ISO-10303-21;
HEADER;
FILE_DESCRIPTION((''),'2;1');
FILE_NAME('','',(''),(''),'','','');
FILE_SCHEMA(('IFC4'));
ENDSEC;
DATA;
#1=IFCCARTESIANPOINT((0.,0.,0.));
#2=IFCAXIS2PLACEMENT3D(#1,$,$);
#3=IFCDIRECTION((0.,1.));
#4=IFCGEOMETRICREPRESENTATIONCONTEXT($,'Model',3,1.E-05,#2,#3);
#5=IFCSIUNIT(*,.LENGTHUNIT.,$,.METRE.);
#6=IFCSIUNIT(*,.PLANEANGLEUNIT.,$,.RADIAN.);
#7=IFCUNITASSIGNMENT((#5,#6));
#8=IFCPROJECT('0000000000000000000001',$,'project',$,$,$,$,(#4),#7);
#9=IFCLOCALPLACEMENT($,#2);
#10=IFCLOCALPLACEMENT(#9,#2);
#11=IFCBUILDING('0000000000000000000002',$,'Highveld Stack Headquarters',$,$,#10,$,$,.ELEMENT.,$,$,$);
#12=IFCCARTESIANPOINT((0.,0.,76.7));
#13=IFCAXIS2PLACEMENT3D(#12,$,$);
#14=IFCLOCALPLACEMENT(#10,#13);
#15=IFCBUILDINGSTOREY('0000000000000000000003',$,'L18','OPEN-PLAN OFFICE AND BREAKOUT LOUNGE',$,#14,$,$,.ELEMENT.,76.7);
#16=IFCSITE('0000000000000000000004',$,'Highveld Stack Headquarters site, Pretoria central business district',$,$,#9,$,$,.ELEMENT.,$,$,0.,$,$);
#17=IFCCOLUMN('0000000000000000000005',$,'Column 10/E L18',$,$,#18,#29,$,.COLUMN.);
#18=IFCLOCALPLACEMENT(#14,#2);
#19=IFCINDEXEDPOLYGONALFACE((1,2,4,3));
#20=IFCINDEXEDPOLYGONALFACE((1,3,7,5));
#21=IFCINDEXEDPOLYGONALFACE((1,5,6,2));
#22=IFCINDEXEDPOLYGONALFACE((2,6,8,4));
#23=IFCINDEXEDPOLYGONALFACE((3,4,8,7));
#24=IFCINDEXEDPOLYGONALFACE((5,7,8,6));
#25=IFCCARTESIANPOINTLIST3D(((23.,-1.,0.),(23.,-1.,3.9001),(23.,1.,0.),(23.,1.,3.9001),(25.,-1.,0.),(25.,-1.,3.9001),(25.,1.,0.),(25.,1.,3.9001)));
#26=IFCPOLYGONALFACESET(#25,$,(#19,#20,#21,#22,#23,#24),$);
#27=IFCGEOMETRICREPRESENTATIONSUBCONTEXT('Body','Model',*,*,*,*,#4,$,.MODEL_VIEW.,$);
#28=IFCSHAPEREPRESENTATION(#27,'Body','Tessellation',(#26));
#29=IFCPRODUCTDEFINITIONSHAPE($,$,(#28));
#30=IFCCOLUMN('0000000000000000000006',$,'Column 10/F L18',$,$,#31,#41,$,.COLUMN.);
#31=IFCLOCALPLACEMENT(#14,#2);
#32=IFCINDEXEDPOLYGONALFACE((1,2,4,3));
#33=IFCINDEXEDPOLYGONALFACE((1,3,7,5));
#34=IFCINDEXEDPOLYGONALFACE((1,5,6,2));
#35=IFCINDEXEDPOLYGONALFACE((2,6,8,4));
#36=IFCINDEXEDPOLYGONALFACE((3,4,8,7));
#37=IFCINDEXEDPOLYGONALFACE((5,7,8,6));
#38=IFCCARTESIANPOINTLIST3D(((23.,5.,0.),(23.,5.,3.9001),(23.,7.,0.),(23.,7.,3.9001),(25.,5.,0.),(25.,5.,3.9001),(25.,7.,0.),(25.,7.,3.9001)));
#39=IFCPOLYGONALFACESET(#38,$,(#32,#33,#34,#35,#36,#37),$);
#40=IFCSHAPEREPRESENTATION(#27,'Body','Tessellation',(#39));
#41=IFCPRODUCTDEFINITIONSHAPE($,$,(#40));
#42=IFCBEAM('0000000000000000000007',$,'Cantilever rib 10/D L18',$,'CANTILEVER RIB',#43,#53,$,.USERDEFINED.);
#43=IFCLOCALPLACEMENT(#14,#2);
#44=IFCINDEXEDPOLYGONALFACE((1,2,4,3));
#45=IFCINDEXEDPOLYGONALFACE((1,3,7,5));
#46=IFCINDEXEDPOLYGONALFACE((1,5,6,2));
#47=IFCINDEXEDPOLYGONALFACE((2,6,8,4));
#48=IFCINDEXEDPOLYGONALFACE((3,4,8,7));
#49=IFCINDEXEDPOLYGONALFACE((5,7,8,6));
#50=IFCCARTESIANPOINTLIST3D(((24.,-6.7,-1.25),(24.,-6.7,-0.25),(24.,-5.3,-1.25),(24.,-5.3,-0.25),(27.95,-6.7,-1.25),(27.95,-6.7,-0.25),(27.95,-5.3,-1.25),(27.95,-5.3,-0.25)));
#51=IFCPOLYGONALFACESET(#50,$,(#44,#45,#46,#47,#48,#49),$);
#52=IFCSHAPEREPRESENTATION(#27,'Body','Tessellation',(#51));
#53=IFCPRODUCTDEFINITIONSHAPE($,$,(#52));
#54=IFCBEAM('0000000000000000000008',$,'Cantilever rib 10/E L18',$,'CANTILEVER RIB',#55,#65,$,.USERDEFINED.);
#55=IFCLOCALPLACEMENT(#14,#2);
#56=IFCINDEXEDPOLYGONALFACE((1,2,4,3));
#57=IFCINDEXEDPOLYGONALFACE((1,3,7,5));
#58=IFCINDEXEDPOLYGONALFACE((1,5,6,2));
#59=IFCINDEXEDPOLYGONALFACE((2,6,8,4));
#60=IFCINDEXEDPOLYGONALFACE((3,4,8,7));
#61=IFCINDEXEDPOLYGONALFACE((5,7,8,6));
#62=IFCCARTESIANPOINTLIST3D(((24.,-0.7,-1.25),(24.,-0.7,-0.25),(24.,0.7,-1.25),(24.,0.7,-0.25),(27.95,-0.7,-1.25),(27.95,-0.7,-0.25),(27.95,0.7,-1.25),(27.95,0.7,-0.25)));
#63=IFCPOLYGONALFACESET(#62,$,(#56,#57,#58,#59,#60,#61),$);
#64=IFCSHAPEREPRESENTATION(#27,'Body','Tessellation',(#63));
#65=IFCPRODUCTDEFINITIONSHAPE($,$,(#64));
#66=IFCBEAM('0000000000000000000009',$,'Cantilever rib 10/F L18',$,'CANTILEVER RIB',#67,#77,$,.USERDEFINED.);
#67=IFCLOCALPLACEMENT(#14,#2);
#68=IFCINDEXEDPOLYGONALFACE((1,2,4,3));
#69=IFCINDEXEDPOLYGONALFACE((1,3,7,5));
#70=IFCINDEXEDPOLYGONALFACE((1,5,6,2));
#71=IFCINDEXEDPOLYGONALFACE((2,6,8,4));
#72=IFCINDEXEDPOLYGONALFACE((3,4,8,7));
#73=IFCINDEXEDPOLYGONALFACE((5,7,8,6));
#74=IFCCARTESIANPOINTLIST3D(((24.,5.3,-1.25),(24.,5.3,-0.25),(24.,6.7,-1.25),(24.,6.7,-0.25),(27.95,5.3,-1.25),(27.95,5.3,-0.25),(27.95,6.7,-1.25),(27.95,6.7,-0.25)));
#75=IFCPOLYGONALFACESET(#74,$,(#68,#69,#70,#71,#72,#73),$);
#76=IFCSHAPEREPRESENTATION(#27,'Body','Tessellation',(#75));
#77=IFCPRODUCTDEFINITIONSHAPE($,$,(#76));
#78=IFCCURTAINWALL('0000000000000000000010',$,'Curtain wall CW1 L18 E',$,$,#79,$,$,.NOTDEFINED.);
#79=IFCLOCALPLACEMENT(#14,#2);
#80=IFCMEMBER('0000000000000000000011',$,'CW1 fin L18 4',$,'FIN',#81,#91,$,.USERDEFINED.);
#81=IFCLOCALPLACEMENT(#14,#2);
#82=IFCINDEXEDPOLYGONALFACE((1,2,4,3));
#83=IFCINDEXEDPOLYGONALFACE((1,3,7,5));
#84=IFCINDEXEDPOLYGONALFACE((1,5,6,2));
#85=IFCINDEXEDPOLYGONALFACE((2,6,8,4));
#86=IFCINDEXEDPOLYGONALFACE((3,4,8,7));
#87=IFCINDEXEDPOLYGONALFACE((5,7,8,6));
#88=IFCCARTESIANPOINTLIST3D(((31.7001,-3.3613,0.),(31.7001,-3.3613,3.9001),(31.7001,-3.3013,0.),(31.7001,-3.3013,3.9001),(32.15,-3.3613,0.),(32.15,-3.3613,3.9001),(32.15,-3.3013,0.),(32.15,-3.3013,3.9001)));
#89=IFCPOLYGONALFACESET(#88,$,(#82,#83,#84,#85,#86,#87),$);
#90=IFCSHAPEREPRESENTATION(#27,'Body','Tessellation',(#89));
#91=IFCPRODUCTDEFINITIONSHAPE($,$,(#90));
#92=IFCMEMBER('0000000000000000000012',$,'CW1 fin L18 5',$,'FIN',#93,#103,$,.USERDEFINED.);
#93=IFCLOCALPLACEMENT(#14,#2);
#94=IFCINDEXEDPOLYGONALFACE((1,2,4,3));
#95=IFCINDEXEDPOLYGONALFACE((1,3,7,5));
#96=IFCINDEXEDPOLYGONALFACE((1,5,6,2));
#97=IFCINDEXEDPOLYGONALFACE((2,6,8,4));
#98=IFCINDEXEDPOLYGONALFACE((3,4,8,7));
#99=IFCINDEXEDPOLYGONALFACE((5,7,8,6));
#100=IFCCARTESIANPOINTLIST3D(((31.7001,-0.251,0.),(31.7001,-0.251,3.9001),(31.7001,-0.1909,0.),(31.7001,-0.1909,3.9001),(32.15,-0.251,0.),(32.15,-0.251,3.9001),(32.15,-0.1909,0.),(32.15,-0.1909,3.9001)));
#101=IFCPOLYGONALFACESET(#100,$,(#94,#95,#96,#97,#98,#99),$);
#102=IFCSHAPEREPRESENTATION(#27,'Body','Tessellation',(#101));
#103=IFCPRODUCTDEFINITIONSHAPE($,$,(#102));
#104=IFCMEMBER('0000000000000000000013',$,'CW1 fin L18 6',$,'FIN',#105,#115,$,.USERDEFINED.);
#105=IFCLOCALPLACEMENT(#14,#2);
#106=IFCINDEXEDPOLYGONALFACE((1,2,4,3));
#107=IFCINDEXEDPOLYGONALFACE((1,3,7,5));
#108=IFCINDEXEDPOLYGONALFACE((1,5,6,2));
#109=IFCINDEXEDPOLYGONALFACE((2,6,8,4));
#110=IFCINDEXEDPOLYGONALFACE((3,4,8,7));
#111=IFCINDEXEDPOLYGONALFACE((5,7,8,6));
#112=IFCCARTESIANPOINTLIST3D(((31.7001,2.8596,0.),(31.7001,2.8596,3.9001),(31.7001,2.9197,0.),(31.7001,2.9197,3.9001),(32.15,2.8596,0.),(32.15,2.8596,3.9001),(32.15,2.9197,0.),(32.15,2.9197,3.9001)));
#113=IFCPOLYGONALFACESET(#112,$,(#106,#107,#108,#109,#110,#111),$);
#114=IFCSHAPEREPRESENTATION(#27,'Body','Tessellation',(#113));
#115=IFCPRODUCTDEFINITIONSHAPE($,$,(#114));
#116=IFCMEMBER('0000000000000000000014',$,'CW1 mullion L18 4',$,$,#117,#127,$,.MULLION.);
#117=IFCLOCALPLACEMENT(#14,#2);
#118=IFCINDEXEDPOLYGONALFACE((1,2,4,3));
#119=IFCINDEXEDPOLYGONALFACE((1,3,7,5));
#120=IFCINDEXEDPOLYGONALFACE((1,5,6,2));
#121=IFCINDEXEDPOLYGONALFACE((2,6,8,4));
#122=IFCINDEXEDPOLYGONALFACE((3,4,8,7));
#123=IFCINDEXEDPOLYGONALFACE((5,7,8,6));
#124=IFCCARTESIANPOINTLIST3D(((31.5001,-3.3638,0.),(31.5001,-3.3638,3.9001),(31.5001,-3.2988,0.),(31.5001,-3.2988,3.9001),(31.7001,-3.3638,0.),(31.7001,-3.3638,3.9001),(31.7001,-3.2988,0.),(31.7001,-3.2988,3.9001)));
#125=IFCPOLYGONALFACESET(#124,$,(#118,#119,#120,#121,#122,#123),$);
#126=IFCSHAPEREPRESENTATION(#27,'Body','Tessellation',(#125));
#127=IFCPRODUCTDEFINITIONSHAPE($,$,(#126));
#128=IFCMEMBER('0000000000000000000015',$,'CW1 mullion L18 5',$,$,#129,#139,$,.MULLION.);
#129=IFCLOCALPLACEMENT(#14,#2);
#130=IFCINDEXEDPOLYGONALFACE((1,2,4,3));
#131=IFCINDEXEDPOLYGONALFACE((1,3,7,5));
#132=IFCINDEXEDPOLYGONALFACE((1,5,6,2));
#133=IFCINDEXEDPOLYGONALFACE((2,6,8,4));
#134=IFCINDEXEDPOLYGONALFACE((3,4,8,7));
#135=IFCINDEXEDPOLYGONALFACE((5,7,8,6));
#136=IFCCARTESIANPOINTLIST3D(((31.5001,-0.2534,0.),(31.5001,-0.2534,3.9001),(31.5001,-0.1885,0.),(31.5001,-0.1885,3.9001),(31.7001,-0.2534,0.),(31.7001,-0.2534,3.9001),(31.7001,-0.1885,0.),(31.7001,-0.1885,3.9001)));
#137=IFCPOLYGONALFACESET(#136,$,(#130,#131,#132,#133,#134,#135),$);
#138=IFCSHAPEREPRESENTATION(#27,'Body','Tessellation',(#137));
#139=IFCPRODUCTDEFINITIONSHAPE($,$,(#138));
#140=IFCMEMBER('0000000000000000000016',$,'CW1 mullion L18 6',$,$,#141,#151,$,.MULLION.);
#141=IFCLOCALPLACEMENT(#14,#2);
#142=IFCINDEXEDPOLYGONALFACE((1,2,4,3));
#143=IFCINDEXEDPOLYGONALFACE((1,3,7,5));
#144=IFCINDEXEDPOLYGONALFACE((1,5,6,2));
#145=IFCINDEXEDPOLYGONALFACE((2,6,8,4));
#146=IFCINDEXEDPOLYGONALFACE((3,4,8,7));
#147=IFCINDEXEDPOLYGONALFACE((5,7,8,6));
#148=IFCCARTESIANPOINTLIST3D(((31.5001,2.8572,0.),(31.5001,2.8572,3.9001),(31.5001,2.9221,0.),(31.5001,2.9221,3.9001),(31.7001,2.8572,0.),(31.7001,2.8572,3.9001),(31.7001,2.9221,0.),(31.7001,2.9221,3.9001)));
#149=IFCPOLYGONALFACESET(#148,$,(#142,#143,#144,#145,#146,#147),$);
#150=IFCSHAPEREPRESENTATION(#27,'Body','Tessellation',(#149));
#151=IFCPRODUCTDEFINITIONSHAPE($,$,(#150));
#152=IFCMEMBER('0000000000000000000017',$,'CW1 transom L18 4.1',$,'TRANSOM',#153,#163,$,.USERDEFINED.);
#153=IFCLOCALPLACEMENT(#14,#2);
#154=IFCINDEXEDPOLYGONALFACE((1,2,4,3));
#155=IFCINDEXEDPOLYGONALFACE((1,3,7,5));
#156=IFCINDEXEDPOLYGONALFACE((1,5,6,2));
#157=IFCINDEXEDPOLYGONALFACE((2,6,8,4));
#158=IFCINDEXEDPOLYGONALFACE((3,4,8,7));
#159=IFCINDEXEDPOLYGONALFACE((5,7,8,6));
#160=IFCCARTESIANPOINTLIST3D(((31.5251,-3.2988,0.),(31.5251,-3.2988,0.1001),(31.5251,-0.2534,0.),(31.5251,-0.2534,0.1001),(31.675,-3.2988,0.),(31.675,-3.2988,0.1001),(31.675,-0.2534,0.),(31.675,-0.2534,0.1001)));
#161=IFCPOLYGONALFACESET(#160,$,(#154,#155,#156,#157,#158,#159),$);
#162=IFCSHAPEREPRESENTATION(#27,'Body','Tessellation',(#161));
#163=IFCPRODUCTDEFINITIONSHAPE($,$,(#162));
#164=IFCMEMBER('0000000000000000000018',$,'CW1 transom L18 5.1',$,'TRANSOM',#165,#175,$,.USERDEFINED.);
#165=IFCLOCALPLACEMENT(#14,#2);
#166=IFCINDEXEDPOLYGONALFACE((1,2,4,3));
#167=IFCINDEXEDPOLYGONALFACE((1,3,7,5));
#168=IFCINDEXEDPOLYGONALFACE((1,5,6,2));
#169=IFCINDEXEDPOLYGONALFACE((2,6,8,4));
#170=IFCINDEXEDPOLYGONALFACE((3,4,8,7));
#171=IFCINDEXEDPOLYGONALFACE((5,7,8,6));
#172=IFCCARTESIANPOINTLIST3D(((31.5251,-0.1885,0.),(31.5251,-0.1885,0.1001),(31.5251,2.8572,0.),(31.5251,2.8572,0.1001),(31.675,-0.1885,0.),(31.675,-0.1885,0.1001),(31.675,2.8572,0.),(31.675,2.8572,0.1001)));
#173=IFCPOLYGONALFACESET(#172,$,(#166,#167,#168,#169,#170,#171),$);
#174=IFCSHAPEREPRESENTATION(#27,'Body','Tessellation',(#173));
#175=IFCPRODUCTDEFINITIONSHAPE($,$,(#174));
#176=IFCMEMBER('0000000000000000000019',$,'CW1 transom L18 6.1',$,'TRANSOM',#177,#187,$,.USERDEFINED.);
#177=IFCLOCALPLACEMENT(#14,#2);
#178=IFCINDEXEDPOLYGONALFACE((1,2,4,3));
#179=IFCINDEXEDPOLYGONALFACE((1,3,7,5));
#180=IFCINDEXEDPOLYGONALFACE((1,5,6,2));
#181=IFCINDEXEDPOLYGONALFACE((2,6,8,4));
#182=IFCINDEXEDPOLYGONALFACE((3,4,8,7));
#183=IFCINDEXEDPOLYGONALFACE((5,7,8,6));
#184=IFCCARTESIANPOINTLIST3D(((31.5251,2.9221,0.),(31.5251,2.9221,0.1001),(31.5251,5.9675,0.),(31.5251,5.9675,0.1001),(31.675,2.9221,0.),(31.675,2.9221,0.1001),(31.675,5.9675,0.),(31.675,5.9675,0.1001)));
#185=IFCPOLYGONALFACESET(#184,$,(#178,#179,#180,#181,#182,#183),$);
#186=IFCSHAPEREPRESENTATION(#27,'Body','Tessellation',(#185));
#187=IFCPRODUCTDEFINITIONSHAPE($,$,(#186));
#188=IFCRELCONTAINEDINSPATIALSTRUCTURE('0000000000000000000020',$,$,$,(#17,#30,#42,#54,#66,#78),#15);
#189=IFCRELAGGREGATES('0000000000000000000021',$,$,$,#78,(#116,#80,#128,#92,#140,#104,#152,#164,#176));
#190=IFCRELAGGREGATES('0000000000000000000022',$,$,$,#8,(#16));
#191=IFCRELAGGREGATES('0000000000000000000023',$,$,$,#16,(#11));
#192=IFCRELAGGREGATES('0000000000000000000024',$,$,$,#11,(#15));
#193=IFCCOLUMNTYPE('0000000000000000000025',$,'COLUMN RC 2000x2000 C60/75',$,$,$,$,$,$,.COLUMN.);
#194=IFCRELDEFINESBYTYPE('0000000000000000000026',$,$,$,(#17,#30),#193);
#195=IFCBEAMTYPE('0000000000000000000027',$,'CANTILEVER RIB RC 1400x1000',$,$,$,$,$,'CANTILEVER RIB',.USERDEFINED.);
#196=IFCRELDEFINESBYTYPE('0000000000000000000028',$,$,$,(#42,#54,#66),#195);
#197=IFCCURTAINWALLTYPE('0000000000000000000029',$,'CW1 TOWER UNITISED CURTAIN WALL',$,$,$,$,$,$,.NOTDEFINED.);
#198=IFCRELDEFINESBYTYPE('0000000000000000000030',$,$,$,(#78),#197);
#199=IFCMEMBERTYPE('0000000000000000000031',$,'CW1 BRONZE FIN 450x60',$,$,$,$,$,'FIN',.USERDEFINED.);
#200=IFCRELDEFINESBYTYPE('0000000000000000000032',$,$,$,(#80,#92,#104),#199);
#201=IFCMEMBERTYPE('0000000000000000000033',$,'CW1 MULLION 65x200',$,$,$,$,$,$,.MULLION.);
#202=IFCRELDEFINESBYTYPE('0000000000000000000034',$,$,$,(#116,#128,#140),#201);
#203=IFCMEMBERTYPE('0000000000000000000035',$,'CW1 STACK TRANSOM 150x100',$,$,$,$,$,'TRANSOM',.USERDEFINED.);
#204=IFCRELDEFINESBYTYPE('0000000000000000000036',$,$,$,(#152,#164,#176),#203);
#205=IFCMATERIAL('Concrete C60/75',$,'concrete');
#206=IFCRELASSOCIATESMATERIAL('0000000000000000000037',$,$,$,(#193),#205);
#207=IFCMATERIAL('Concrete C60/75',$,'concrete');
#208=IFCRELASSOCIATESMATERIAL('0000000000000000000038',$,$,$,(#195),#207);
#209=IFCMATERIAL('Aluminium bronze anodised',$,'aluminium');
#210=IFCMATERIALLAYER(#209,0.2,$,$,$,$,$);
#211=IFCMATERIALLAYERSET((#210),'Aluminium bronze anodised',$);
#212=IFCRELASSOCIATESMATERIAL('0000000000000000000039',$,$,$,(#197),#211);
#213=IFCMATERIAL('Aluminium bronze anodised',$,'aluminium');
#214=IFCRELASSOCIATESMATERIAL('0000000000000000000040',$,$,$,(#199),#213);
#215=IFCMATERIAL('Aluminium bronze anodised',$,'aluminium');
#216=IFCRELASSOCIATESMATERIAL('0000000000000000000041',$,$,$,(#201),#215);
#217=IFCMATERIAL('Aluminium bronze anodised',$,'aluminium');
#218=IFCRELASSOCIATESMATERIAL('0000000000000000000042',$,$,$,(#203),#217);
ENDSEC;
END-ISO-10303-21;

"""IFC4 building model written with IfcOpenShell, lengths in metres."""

from ifc_helpers import new_model, si_unit, direction, frame, origin, origin_2d, place, context, subcontext, project, spatial, rectangle, extrude, material, layer, layer_set, material_profile, profile_set, type_object, element, aggregate, save


model = new_model("IFC4")

# Units and contexts
model_context = context("Model", 3, precision=1e-05, world=origin(), true_north=direction((0.0, 1.0)))
body_context = subcontext(model_context, "Body", "Model", "MODEL_VIEW")
ifc_project = project(units=[si_unit("LENGTHUNIT", "METRE"), si_unit("PLANEANGLEUNIT", "RADIAN")], contexts=[model_context])

# Site, building, storey
site_placement = place(None, origin())
site = spatial("IfcSite", under=ifc_project, at=site_placement, Name="Highveld Stack Headquarters site, Pretoria central business district", CompositionType="ELEMENT", RefElevation=0.0)
building_placement = place(site_placement, origin())
building = spatial("IfcBuilding", under=site, at=building_placement, Name="Highveld Stack Headquarters", CompositionType="ELEMENT")
storey_placement = place(building_placement, frame((0.0, 0.0, 76.7)))
storey = spatial("IfcBuildingStorey", under=building, at=storey_placement, Name="L18", Description="OPEN-PLAN OFFICE AND BREAKOUT LOUNGE", CompositionType="ELEMENT", Elevation=76.7)

# Columns
ifc_material_1 = material(Name="Concrete C60/75", Category="concrete")
ifc_material_profile_1 = material_profile(ifc_material_1, rectangle(XDim=2.0, YDim=2.0, at=origin_2d()), Name="RC 2000x2000")
ifc_profile_set_1 = profile_set([ifc_material_profile_1], Name="Concrete C60/75")
column_type = type_object("IfcColumnType", Name="COLUMN RC 2000x2000 C60/75", PredefinedType="COLUMN", material=ifc_profile_set_1)
for number, where, z_axis, x_axis, name in (
    (1, (24.0, 0.0, 0.0), (0.0, 0.0, 1.0), (1.0, 0.0, 0.0), "Column 10/E L18"),
    (2, (24.0, 6.0, 0.0), (0.0, 0.0, 1.0), (1.0, 0.0, 0.0), "Column 10/F L18"),
):
    element("IfcColumn", number, at=place(storey_placement, frame(where, z_axis=z_axis, x_axis=x_axis)), inside=storey, type_object=column_type, Name=name, PredefinedType="COLUMN", context=body_context, shape_type="SweptSolid", body=[
        extrude(rectangle(XDim=2.0, YDim=2.0, at=origin_2d()), origin(), (0.0, 0.0, 1.0), 3.9001),
    ])

# Beams
ifc_material_2 = material(Name="Concrete C60/75", Category="concrete")
ifc_material_profile_2 = material_profile(ifc_material_2, rectangle(XDim=1.3999, YDim=1.0, at=origin_2d()), Name="RC 1400x1000")
ifc_profile_set_2 = profile_set([ifc_material_profile_2], Name="Concrete C60/75")
beam_type_1 = type_object("IfcBeamType", Name="CANTILEVER RIB RC 1400x1000", ElementType="CANTILEVER RIB", PredefinedType="USERDEFINED", material=ifc_profile_set_2)
for number, where, z_axis, x_axis, name in (
    (3, (24.0, -6.0, -0.75), (1.0, 0.0, 0.0), (0.0, 1.0, 0.0), "Cantilever rib 10/D L18"),
    (4, (24.0, 0.0, -0.75), (1.0, 0.0, 0.0), (0.0, 1.0, 0.0), "Cantilever rib 10/E L18"),
    (5, (24.0, 6.0, -0.75), (1.0, 0.0, 0.0), (0.0, 1.0, 0.0), "Cantilever rib 10/F L18"),
):
    element("IfcBeam", number, at=place(storey_placement, frame(where, z_axis=z_axis, x_axis=x_axis)), inside=storey, type_object=beam_type_1, Name=name, ObjectType="CANTILEVER RIB", PredefinedType="USERDEFINED", context=body_context, shape_type="SweptSolid", body=[
        extrude(rectangle(XDim=1.3999, YDim=1.0, at=origin_2d()), origin(), (0.0, 0.0, 1.0), 3.95),
    ])

# Curtain wall, members
ifc_material_3 = material(Name="Aluminium bronze anodised", Category="aluminium")
ifc_layer_1 = layer(ifc_material_3, 0.2)
ifc_layer_set_1 = layer_set([ifc_layer_1], Name="Aluminium bronze anodised")
curtain_wall_type = type_object("IfcCurtainWallType", Name="CW1 TOWER UNITISED CURTAIN WALL", PredefinedType="NOTDEFINED", material=ifc_layer_set_1)
curtain_wall_placement = place(storey_placement, origin())
curtain_wall = element("IfcCurtainWall", 6, at=curtain_wall_placement, inside=storey, type_object=curtain_wall_type, Name="Curtain wall CW1 L18 E", PredefinedType="NOTDEFINED")
ifc_material_4 = material(Name="Aluminium bronze anodised", Category="aluminium")
ifc_material_profile_3 = material_profile(ifc_material_4, rectangle(XDim=0.45, YDim=0.0601, at=origin_2d()), Name="FIN 450x60")
ifc_profile_set_3 = profile_set([ifc_material_profile_3], Name="Aluminium bronze anodised")
member_type_1 = type_object("IfcMemberType", Name="CW1 BRONZE FIN 450x60", ElementType="FIN", PredefinedType="USERDEFINED", material=ifc_profile_set_3)
member_1_placement = place(storey_placement, frame((31.925, -3.3313, 0.0), z_axis=(0.0, 0.0, 1.0), x_axis=(-1.0, 0.0, 0.0)))
member_1 = element("IfcMember", 7, at=member_1_placement, type_object=member_type_1, Name="CW1 fin L18 4", ObjectType="FIN", PredefinedType="USERDEFINED", context=body_context, shape_type="SweptSolid", body=[
    extrude(rectangle(XDim=0.45, YDim=0.0601, at=origin_2d()), origin(), (0.0, 0.0, 1.0), 3.9001),
])
member_2_placement = place(storey_placement, frame((31.925, -0.2209, 0.0), z_axis=(0.0, 0.0, 1.0), x_axis=(-1.0, 0.0, 0.0)))
member_2 = element("IfcMember", 8, at=member_2_placement, type_object=member_type_1, Name="CW1 fin L18 5", ObjectType="FIN", PredefinedType="USERDEFINED", context=body_context, shape_type="SweptSolid", body=[
    extrude(rectangle(XDim=0.45, YDim=0.0601, at=origin_2d()), origin(), (0.0, 0.0, 1.0), 3.9001),
])
member_3_placement = place(storey_placement, frame((31.925, 2.8896, 0.0), z_axis=(0.0, 0.0, 1.0), x_axis=(-1.0, 0.0, 0.0)))
member_3 = element("IfcMember", 9, at=member_3_placement, type_object=member_type_1, Name="CW1 fin L18 6", ObjectType="FIN", PredefinedType="USERDEFINED", context=body_context, shape_type="SweptSolid", body=[
    extrude(rectangle(XDim=0.45, YDim=0.0601, at=origin_2d()), origin(), (0.0, 0.0, 1.0), 3.9001),
])
ifc_material_5 = material(Name="Aluminium bronze anodised", Category="aluminium")
ifc_material_profile_4 = material_profile(ifc_material_5, rectangle(XDim=0.2, YDim=0.0649, at=origin_2d()), Name="CW1 MULLION 65x200")
ifc_profile_set_4 = profile_set([ifc_material_profile_4], Name="Aluminium bronze anodised")
member_type_2 = type_object("IfcMemberType", Name="CW1 MULLION 65x200", PredefinedType="MULLION", material=ifc_profile_set_4)
member_4_placement = place(storey_placement, frame((31.6001, -3.3313, 0.0), z_axis=(0.0, 0.0, 1.0), x_axis=(-1.0, 0.0, 0.0)))
member_4 = element("IfcMember", 10, at=member_4_placement, type_object=member_type_2, Name="CW1 mullion L18 4", PredefinedType="MULLION", context=body_context, shape_type="SweptSolid", body=[
    extrude(rectangle(XDim=0.2, YDim=0.0649, at=origin_2d()), origin(), (0.0, 0.0, 1.0), 3.9001),
])
member_5_placement = place(storey_placement, frame((31.6001, -0.2209, 0.0), z_axis=(0.0, 0.0, 1.0), x_axis=(-1.0, 0.0, 0.0)))
member_5 = element("IfcMember", 11, at=member_5_placement, type_object=member_type_2, Name="CW1 mullion L18 5", PredefinedType="MULLION", context=body_context, shape_type="SweptSolid", body=[
    extrude(rectangle(XDim=0.2, YDim=0.0649, at=origin_2d()), origin(), (0.0, 0.0, 1.0), 3.9001),
])
member_6_placement = place(storey_placement, frame((31.6001, 2.8896, 0.0), z_axis=(0.0, 0.0, 1.0), x_axis=(-1.0, 0.0, 0.0)))
member_6 = element("IfcMember", 12, at=member_6_placement, type_object=member_type_2, Name="CW1 mullion L18 6", PredefinedType="MULLION", context=body_context, shape_type="SweptSolid", body=[
    extrude(rectangle(XDim=0.2, YDim=0.0649, at=origin_2d()), origin(), (0.0, 0.0, 1.0), 3.9001),
])
ifc_material_6 = material(Name="Aluminium bronze anodised", Category="aluminium")
ifc_material_profile_5 = material_profile(ifc_material_6, rectangle(XDim=0.1499, YDim=0.1001, at=origin_2d()), Name="CW1 TRANSOM 150x100")
ifc_profile_set_5 = profile_set([ifc_material_profile_5], Name="Aluminium bronze anodised")
member_type_3 = type_object("IfcMemberType", Name="CW1 STACK TRANSOM 150x100", ElementType="TRANSOM", PredefinedType="USERDEFINED", material=ifc_profile_set_5)
member_7_placement = place(storey_placement, frame((31.6001, -3.2988, 0.05), z_axis=(0.0, 1.0, 0.0), x_axis=(-1.0, 0.0, 0.0)))
member_7 = element("IfcMember", 13, at=member_7_placement, type_object=member_type_3, Name="CW1 transom L18 4.1", ObjectType="TRANSOM", PredefinedType="USERDEFINED", context=body_context, shape_type="SweptSolid", body=[
    extrude(rectangle(XDim=0.1499, YDim=0.1001, at=origin_2d()), origin(), (0.0, 0.0, 1.0), 3.0454),
])
member_8_placement = place(storey_placement, frame((31.6001, -0.1885, 0.05), z_axis=(0.0, 1.0, 0.0), x_axis=(-1.0, 0.0, 0.0)))
member_8 = element("IfcMember", 14, at=member_8_placement, type_object=member_type_3, Name="CW1 transom L18 5.1", ObjectType="TRANSOM", PredefinedType="USERDEFINED", context=body_context, shape_type="SweptSolid", body=[
    extrude(rectangle(XDim=0.1499, YDim=0.1001, at=origin_2d()), origin(), (0.0, 0.0, 1.0), 3.0457),
])
member_9_placement = place(storey_placement, frame((31.6001, 2.9221, 0.05), z_axis=(0.0, 1.0, 0.0), x_axis=(-1.0, 0.0, 0.0)))
member_9 = element("IfcMember", 15, at=member_9_placement, type_object=member_type_3, Name="CW1 transom L18 6.1", ObjectType="TRANSOM", PredefinedType="USERDEFINED", context=body_context, shape_type="SweptSolid", body=[
    extrude(rectangle(XDim=0.1499, YDim=0.1001, at=origin_2d()), origin(), (0.0, 0.0, 1.0), 3.0454),
])

aggregate(curtain_wall, [member_4, member_1, member_5, member_2, member_6, member_3, member_7, member_8, member_9])

save(model, "model.ifc")
